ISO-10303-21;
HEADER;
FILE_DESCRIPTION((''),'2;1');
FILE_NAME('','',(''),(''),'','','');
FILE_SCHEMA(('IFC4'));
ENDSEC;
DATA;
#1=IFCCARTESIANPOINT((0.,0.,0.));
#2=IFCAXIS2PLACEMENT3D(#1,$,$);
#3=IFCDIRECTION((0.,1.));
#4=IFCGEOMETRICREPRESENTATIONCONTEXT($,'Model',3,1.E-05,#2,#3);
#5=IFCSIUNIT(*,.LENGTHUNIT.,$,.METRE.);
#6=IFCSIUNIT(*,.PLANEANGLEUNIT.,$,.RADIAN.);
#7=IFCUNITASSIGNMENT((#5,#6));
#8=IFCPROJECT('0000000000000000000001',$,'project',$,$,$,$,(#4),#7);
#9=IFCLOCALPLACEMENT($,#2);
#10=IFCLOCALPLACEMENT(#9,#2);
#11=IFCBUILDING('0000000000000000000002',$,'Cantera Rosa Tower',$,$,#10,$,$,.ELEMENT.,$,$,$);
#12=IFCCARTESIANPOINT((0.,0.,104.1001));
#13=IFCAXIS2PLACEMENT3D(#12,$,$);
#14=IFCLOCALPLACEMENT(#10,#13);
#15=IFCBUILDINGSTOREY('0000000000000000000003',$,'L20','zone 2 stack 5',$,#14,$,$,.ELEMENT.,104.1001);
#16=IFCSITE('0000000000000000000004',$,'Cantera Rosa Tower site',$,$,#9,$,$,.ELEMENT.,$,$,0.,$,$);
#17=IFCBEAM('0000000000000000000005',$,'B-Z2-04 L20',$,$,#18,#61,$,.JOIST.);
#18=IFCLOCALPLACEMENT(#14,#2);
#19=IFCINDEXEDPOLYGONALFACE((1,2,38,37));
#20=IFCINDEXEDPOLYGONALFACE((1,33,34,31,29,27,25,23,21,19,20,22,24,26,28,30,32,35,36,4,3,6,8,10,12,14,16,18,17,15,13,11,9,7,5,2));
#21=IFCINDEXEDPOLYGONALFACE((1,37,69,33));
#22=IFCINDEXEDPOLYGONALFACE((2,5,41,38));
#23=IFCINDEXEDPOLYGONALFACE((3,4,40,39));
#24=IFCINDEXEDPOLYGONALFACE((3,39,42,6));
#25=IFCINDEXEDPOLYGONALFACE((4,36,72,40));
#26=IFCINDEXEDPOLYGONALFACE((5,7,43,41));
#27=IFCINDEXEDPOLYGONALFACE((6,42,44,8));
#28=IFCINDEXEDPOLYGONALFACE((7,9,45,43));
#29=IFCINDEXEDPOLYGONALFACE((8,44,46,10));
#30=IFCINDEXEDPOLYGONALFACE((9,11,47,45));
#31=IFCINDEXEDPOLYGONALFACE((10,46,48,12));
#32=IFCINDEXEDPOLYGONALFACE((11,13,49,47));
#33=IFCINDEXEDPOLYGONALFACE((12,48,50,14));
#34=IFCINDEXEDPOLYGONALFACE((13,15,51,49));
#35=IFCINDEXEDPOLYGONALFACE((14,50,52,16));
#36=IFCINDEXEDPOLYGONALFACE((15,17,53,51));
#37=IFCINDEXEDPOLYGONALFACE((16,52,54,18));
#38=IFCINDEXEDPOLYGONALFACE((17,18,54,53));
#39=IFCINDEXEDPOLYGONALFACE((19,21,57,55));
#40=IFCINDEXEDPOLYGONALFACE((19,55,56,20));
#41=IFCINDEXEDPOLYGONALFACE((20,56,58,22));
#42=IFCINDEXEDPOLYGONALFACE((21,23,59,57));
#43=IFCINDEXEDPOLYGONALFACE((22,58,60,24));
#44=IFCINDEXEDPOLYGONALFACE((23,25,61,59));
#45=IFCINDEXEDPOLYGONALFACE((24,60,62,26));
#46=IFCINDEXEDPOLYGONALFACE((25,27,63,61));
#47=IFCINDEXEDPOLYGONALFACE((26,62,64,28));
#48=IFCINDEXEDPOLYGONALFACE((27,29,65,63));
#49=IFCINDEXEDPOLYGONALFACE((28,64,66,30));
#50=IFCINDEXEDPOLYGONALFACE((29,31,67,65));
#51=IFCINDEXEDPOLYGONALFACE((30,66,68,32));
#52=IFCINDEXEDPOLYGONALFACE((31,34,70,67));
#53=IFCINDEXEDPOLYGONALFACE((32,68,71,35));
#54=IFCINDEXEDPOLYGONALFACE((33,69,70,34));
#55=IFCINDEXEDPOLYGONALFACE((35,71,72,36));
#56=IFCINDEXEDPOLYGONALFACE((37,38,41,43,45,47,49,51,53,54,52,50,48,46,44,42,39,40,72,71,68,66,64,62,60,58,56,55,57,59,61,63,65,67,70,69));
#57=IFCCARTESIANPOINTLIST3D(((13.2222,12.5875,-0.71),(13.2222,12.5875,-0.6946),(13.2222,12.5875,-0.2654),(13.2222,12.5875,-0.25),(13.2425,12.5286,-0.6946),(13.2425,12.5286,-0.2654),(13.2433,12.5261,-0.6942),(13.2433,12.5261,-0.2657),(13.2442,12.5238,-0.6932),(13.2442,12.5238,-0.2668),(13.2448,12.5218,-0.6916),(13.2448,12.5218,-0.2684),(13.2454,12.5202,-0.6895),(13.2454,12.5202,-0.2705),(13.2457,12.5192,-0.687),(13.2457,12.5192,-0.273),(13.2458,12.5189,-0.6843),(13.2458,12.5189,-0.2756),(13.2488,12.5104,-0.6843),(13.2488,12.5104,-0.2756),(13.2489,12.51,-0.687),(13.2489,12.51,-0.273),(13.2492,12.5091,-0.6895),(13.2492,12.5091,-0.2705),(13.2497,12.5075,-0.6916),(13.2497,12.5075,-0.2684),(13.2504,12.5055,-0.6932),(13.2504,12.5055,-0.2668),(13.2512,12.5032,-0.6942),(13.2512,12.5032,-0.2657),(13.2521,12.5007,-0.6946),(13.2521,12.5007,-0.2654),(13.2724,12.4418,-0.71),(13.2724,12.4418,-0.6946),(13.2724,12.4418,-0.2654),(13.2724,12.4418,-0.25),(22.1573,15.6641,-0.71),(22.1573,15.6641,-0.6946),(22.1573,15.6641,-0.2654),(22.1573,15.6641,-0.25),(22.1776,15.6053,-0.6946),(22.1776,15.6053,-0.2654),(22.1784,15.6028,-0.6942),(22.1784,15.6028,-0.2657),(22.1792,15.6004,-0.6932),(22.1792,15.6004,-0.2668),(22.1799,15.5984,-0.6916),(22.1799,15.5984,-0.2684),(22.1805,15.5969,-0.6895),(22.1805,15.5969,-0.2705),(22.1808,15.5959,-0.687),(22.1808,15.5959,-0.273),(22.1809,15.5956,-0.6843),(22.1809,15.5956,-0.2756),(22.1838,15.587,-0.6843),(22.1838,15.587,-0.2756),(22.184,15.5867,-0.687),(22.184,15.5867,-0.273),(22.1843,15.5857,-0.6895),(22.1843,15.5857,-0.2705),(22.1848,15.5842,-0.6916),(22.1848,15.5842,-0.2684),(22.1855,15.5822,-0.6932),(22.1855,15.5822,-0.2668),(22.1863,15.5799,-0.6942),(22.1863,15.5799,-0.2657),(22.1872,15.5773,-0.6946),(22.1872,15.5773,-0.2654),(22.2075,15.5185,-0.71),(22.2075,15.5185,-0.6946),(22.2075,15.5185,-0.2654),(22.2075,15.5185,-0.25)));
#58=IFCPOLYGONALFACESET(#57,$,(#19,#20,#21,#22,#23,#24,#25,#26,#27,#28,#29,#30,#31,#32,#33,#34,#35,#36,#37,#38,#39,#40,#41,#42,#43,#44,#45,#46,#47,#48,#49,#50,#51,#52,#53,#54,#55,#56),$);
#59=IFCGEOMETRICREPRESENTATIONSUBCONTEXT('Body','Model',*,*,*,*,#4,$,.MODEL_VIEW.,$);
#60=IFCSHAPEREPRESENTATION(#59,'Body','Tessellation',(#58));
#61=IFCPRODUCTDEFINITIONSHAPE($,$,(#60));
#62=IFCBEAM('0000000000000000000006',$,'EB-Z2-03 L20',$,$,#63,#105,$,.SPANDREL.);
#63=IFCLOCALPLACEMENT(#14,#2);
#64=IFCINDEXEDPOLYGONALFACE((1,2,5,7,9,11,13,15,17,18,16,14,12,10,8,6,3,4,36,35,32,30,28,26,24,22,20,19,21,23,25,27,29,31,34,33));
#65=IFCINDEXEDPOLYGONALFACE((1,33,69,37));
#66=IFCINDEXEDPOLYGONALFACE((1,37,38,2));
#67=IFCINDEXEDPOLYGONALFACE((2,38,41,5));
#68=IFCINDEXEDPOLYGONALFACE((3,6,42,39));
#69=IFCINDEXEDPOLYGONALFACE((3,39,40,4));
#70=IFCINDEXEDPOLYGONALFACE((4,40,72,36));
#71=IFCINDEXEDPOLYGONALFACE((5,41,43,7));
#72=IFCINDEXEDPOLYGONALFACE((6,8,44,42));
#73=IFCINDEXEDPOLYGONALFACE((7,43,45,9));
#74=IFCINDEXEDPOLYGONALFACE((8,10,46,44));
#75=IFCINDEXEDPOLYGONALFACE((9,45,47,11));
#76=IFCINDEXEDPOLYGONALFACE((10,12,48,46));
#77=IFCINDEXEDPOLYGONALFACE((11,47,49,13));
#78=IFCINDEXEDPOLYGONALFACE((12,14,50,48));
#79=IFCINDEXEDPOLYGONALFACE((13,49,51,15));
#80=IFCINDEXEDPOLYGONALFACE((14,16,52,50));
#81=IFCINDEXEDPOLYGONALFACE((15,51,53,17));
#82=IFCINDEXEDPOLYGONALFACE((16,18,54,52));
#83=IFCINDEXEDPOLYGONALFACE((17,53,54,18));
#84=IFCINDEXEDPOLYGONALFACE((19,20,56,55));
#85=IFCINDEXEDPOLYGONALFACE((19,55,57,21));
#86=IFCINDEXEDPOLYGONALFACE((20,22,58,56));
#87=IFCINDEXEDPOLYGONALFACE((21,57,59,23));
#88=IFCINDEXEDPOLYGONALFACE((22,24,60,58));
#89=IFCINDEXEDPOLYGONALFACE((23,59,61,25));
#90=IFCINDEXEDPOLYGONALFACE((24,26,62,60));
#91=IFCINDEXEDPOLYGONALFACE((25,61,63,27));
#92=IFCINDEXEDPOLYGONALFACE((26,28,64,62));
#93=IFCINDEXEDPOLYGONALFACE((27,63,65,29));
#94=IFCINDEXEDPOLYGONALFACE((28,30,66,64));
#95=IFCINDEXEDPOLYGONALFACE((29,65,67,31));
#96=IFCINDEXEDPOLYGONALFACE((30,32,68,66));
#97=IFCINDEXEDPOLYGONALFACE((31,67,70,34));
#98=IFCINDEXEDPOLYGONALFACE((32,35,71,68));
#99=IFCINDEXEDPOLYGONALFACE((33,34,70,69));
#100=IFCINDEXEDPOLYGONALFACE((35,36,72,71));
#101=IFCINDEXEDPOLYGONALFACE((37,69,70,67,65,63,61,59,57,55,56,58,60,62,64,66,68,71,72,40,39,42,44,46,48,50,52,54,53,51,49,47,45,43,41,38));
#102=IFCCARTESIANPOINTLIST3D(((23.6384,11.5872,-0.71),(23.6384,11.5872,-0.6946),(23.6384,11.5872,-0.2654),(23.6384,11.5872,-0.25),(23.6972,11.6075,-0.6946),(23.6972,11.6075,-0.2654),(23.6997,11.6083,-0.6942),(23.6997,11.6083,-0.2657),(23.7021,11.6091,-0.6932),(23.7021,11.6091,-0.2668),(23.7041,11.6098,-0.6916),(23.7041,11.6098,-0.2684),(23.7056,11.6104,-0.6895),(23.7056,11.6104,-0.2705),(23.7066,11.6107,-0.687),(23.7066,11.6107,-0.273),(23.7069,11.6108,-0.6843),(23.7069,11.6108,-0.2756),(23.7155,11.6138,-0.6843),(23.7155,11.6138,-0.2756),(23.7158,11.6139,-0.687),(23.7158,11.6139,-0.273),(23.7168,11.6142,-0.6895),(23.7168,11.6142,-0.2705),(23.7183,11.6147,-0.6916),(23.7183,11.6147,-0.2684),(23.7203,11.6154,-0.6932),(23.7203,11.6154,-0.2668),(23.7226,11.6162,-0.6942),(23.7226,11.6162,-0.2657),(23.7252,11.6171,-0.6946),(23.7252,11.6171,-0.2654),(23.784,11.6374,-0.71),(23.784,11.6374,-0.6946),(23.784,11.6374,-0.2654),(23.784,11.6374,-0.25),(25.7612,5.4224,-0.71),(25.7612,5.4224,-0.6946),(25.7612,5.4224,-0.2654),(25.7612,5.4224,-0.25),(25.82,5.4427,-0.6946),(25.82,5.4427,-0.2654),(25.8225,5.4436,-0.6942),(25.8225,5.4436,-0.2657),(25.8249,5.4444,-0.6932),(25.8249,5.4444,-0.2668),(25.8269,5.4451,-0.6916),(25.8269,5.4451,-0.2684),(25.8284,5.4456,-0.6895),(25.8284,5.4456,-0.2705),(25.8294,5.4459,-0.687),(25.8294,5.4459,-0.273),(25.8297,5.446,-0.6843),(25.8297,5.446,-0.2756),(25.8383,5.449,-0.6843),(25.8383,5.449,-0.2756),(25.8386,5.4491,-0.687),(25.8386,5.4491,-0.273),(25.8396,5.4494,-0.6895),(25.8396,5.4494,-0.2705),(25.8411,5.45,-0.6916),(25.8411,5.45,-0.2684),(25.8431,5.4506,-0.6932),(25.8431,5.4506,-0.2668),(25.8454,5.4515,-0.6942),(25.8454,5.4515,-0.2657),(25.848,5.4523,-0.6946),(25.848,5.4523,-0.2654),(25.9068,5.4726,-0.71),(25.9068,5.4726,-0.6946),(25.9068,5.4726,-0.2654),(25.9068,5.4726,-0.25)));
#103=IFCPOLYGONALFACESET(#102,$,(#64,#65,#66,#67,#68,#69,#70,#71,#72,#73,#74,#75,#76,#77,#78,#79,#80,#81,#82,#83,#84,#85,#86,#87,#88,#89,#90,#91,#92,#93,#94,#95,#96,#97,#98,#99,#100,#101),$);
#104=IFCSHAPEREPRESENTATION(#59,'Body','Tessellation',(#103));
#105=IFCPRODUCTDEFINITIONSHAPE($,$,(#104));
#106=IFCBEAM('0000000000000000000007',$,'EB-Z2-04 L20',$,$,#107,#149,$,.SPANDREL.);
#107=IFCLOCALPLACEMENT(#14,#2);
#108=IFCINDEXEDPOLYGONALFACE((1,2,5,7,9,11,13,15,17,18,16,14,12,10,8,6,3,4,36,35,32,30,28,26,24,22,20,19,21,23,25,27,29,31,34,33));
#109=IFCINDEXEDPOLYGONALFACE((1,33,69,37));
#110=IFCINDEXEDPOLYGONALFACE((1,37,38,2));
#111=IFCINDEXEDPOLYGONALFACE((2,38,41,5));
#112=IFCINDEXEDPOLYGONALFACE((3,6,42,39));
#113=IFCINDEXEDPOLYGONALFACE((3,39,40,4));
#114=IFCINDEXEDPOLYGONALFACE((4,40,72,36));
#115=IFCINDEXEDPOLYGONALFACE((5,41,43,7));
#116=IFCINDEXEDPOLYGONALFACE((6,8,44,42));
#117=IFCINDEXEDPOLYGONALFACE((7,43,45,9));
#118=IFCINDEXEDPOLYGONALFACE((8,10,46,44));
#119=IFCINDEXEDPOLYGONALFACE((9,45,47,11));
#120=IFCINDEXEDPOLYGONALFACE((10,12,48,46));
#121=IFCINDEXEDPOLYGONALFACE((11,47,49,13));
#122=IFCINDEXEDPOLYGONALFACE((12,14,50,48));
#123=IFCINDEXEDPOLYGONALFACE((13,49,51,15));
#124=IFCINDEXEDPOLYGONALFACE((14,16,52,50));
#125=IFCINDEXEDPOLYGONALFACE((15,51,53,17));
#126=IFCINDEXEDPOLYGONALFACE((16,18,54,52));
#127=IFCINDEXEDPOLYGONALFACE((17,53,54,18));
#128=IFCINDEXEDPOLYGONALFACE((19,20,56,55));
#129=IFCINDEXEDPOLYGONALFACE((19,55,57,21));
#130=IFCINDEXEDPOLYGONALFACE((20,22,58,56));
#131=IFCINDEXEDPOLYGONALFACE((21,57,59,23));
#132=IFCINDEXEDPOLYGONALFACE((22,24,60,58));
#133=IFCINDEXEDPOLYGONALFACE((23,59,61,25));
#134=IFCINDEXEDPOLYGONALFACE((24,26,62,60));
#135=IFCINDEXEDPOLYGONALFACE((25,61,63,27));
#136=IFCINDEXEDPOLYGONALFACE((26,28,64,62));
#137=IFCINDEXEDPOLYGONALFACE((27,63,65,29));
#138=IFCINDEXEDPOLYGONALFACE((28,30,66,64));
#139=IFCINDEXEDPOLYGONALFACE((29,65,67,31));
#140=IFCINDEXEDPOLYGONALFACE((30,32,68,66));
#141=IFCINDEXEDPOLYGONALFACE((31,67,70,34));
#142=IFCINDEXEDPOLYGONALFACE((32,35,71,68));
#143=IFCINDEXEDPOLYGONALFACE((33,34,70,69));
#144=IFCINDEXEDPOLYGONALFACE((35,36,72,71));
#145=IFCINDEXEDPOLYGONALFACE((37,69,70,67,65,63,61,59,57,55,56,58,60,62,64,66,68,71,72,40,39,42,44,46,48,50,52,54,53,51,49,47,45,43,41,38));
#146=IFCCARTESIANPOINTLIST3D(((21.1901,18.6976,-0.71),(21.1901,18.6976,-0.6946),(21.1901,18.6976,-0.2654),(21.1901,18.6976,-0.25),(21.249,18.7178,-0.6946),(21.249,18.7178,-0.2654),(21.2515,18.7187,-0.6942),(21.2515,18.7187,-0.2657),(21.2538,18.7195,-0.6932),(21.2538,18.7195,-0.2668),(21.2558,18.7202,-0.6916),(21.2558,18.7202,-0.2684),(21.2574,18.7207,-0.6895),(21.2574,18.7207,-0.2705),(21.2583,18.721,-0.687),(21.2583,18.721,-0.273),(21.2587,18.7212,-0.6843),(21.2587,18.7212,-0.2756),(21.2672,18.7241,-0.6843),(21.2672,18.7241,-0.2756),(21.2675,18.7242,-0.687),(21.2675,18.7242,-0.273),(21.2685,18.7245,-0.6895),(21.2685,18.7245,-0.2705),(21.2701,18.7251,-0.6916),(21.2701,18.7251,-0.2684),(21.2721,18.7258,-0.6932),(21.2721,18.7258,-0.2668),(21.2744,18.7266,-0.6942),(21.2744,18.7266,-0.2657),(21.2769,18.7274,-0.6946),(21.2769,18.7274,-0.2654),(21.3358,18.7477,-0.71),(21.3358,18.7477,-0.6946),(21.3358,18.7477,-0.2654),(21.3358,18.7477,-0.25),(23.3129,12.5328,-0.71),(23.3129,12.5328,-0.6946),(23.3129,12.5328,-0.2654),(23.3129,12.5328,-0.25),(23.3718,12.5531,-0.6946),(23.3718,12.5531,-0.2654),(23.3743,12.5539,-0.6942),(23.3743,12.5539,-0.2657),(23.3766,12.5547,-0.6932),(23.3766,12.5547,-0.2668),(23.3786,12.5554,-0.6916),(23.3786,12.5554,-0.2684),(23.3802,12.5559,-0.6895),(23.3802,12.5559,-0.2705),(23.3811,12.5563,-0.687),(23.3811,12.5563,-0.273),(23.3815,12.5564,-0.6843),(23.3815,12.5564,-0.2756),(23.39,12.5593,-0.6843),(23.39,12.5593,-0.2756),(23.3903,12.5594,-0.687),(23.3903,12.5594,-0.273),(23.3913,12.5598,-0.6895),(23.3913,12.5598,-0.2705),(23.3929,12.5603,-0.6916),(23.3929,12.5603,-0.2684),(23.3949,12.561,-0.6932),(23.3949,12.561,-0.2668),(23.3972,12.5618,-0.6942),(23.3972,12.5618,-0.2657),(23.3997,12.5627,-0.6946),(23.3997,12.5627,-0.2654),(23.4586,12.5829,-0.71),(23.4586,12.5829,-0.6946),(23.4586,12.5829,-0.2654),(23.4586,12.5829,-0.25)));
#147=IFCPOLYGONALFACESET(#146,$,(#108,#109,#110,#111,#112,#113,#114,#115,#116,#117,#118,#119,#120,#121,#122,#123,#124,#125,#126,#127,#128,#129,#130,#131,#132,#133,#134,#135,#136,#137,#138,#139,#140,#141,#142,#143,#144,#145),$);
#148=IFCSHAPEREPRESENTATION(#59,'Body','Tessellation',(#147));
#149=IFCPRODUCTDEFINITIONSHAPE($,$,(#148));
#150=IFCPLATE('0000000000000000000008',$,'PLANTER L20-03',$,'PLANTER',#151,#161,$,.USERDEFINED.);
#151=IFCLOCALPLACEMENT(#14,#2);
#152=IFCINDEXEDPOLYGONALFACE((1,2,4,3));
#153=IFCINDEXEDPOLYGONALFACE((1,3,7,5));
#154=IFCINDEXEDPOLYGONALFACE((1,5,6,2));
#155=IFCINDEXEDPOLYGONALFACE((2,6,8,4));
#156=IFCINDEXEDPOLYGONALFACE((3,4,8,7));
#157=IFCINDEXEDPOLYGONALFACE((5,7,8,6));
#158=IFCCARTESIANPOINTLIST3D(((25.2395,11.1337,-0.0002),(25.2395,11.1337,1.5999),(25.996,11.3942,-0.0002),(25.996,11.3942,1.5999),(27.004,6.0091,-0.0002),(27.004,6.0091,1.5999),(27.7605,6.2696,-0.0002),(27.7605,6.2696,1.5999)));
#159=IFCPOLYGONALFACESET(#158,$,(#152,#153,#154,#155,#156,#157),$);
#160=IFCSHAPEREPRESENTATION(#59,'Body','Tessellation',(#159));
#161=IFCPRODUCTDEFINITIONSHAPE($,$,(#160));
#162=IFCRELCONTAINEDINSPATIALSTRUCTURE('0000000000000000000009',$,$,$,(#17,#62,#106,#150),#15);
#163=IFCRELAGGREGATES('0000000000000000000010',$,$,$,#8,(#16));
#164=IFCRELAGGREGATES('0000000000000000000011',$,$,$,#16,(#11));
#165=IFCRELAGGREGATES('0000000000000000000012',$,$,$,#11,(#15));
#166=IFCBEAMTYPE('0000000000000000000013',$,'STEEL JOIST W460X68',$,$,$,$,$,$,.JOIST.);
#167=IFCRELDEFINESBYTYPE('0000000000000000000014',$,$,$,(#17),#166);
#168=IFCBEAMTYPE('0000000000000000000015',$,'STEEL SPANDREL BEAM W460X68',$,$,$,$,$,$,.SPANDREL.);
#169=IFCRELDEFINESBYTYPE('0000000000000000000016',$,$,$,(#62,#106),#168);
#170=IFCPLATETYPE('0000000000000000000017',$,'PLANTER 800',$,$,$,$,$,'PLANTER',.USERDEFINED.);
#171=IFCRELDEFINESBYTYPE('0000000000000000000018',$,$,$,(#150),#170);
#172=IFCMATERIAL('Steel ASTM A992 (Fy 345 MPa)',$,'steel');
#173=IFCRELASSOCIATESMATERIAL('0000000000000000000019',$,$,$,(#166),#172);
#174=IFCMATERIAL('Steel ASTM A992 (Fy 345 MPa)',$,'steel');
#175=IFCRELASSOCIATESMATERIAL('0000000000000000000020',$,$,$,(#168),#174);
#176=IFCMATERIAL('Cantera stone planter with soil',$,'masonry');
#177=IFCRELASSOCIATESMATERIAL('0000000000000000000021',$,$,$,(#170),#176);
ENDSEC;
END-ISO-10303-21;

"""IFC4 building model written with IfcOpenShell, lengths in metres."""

from ifc_helpers import new_model, si_unit, direction, frame, origin, origin_2d, place, context, subcontext, project, spatial, rectangle, i_section, extrude, material, material_profile, profile_set, type_object, element, save


model = new_model("IFC4")

# Units and contexts
model_context = context("Model", 3, precision=1e-05, world=origin(), true_north=direction((0.0, 1.0)))
body_context = subcontext(model_context, "Body", "Model", "MODEL_VIEW")
ifc_project = project(units=[si_unit("LENGTHUNIT", "METRE"), si_unit("PLANEANGLEUNIT", "RADIAN")], contexts=[model_context])

# Site, building, storey
site_placement = place(None, origin())
site = spatial("IfcSite", under=ifc_project, at=site_placement, Name="Cantera Rosa Tower site", CompositionType="ELEMENT", RefElevation=0.0)
building_placement = place(site_placement, origin())
building = spatial("IfcBuilding", under=site, at=building_placement, Name="Cantera Rosa Tower", CompositionType="ELEMENT")
storey_placement = place(building_placement, frame((0.0, 0.0, 104.1001)))
storey = spatial("IfcBuildingStorey", under=building, at=storey_placement, Name="L20", Description="zone 2 stack 5", CompositionType="ELEMENT", Elevation=104.1001)

# Beams
ifc_material_1 = material(Name="Steel ASTM A992 (Fy 345 MPa)", Category="steel")
ifc_material_profile_1 = material_profile(ifc_material_1, i_section(OverallWidth=0.1541, OverallDepth=0.46, WebThickness=0.009, FlangeThickness=0.0154, FilletRadius=0.0103, at=origin_2d()), Name="W460X68")
ifc_profile_set_1 = profile_set([ifc_material_profile_1], Name="Steel ASTM A992 (Fy 345 MPa)")
beam_type_1 = type_object("IfcBeamType", Name="STEEL JOIST W460X68", PredefinedType="JOIST", material=ifc_profile_set_1)
beam_1_placement = place(storey_placement, frame((22.1824, 15.5913, -0.48), z_axis=(-0.945516, -0.325575, 0.0), x_axis=(0.325575, -0.945516, 0.0)))
element("IfcBeam", 1, at=beam_1_placement, inside=storey, type_object=beam_type_1, Name="B-Z2-04 L20", PredefinedType="JOIST", context=body_context, shape_type="SweptSolid", body=[
    extrude(i_section(OverallWidth=0.1541, OverallDepth=0.46, WebThickness=0.009, FlangeThickness=0.0154, FilletRadius=0.0103, at=origin_2d()), origin(), (0.0, 0.0, 1.0), 9.45),
])
ifc_material_2 = material(Name="Steel ASTM A992 (Fy 345 MPa)", Category="steel")
ifc_material_profile_2 = material_profile(ifc_material_2, i_section(OverallWidth=0.1541, OverallDepth=0.46, WebThickness=0.009, FlangeThickness=0.0154, FilletRadius=0.0103, at=origin_2d()), Name="W460X68")
ifc_profile_set_2 = profile_set([ifc_material_profile_2], Name="Steel ASTM A992 (Fy 345 MPa)")
beam_type_2 = type_object("IfcBeamType", Name="STEEL SPANDREL BEAM W460X68", PredefinedType="SPANDREL", material=ifc_profile_set_2)
for number, where, z_axis, x_axis, name in (
    (2, (25.834, 5.4475, -0.48), (-0.325581, 0.945514, 0.0), (-0.945514, -0.325581, 0.0), "EB-Z2-03 L20"),
    (3, (23.3857, 12.5579, -0.48), (-0.325581, 0.945514, 0.0), (-0.945514, -0.325581, 0.0), "EB-Z2-04 L20"),
):
    element("IfcBeam", number, at=place(storey_placement, frame(where, z_axis=z_axis, x_axis=x_axis)), inside=storey, type_object=beam_type_2, Name=name, PredefinedType="SPANDREL", context=body_context, shape_type="SweptSolid", body=[
        extrude(i_section(OverallWidth=0.1541, OverallDepth=0.46, WebThickness=0.009, FlangeThickness=0.0154, FilletRadius=0.0103, at=origin_2d()), origin(), (0.0, 0.0, 1.0), 6.52),
    ])

# Plate
ifc_material_3 = material(Name="Cantera stone planter with soil", Category="masonry")
plate_type = type_object("IfcPlateType", Name="PLANTER 800", ElementType="PLANTER", PredefinedType="USERDEFINED", material=ifc_material_3)
plate_placement = place(storey_placement, frame((26.5, 8.7017, -0.0002), z_axis=(0.0, 0.0, 1.0), x_axis=(-0.325568, 0.945519, 0.0)))
element("IfcPlate", 4, at=plate_placement, inside=storey, type_object=plate_type, Name="PLANTER L20-03", ObjectType="PLANTER", PredefinedType="USERDEFINED", context=body_context, shape_type="SweptSolid", body=[
    extrude(rectangle(XDim=5.4199, YDim=0.8, at=origin_2d()), origin(), (0.0, 0.0, 1.0), 1.6001),
])

save(model, "model.ifc")
